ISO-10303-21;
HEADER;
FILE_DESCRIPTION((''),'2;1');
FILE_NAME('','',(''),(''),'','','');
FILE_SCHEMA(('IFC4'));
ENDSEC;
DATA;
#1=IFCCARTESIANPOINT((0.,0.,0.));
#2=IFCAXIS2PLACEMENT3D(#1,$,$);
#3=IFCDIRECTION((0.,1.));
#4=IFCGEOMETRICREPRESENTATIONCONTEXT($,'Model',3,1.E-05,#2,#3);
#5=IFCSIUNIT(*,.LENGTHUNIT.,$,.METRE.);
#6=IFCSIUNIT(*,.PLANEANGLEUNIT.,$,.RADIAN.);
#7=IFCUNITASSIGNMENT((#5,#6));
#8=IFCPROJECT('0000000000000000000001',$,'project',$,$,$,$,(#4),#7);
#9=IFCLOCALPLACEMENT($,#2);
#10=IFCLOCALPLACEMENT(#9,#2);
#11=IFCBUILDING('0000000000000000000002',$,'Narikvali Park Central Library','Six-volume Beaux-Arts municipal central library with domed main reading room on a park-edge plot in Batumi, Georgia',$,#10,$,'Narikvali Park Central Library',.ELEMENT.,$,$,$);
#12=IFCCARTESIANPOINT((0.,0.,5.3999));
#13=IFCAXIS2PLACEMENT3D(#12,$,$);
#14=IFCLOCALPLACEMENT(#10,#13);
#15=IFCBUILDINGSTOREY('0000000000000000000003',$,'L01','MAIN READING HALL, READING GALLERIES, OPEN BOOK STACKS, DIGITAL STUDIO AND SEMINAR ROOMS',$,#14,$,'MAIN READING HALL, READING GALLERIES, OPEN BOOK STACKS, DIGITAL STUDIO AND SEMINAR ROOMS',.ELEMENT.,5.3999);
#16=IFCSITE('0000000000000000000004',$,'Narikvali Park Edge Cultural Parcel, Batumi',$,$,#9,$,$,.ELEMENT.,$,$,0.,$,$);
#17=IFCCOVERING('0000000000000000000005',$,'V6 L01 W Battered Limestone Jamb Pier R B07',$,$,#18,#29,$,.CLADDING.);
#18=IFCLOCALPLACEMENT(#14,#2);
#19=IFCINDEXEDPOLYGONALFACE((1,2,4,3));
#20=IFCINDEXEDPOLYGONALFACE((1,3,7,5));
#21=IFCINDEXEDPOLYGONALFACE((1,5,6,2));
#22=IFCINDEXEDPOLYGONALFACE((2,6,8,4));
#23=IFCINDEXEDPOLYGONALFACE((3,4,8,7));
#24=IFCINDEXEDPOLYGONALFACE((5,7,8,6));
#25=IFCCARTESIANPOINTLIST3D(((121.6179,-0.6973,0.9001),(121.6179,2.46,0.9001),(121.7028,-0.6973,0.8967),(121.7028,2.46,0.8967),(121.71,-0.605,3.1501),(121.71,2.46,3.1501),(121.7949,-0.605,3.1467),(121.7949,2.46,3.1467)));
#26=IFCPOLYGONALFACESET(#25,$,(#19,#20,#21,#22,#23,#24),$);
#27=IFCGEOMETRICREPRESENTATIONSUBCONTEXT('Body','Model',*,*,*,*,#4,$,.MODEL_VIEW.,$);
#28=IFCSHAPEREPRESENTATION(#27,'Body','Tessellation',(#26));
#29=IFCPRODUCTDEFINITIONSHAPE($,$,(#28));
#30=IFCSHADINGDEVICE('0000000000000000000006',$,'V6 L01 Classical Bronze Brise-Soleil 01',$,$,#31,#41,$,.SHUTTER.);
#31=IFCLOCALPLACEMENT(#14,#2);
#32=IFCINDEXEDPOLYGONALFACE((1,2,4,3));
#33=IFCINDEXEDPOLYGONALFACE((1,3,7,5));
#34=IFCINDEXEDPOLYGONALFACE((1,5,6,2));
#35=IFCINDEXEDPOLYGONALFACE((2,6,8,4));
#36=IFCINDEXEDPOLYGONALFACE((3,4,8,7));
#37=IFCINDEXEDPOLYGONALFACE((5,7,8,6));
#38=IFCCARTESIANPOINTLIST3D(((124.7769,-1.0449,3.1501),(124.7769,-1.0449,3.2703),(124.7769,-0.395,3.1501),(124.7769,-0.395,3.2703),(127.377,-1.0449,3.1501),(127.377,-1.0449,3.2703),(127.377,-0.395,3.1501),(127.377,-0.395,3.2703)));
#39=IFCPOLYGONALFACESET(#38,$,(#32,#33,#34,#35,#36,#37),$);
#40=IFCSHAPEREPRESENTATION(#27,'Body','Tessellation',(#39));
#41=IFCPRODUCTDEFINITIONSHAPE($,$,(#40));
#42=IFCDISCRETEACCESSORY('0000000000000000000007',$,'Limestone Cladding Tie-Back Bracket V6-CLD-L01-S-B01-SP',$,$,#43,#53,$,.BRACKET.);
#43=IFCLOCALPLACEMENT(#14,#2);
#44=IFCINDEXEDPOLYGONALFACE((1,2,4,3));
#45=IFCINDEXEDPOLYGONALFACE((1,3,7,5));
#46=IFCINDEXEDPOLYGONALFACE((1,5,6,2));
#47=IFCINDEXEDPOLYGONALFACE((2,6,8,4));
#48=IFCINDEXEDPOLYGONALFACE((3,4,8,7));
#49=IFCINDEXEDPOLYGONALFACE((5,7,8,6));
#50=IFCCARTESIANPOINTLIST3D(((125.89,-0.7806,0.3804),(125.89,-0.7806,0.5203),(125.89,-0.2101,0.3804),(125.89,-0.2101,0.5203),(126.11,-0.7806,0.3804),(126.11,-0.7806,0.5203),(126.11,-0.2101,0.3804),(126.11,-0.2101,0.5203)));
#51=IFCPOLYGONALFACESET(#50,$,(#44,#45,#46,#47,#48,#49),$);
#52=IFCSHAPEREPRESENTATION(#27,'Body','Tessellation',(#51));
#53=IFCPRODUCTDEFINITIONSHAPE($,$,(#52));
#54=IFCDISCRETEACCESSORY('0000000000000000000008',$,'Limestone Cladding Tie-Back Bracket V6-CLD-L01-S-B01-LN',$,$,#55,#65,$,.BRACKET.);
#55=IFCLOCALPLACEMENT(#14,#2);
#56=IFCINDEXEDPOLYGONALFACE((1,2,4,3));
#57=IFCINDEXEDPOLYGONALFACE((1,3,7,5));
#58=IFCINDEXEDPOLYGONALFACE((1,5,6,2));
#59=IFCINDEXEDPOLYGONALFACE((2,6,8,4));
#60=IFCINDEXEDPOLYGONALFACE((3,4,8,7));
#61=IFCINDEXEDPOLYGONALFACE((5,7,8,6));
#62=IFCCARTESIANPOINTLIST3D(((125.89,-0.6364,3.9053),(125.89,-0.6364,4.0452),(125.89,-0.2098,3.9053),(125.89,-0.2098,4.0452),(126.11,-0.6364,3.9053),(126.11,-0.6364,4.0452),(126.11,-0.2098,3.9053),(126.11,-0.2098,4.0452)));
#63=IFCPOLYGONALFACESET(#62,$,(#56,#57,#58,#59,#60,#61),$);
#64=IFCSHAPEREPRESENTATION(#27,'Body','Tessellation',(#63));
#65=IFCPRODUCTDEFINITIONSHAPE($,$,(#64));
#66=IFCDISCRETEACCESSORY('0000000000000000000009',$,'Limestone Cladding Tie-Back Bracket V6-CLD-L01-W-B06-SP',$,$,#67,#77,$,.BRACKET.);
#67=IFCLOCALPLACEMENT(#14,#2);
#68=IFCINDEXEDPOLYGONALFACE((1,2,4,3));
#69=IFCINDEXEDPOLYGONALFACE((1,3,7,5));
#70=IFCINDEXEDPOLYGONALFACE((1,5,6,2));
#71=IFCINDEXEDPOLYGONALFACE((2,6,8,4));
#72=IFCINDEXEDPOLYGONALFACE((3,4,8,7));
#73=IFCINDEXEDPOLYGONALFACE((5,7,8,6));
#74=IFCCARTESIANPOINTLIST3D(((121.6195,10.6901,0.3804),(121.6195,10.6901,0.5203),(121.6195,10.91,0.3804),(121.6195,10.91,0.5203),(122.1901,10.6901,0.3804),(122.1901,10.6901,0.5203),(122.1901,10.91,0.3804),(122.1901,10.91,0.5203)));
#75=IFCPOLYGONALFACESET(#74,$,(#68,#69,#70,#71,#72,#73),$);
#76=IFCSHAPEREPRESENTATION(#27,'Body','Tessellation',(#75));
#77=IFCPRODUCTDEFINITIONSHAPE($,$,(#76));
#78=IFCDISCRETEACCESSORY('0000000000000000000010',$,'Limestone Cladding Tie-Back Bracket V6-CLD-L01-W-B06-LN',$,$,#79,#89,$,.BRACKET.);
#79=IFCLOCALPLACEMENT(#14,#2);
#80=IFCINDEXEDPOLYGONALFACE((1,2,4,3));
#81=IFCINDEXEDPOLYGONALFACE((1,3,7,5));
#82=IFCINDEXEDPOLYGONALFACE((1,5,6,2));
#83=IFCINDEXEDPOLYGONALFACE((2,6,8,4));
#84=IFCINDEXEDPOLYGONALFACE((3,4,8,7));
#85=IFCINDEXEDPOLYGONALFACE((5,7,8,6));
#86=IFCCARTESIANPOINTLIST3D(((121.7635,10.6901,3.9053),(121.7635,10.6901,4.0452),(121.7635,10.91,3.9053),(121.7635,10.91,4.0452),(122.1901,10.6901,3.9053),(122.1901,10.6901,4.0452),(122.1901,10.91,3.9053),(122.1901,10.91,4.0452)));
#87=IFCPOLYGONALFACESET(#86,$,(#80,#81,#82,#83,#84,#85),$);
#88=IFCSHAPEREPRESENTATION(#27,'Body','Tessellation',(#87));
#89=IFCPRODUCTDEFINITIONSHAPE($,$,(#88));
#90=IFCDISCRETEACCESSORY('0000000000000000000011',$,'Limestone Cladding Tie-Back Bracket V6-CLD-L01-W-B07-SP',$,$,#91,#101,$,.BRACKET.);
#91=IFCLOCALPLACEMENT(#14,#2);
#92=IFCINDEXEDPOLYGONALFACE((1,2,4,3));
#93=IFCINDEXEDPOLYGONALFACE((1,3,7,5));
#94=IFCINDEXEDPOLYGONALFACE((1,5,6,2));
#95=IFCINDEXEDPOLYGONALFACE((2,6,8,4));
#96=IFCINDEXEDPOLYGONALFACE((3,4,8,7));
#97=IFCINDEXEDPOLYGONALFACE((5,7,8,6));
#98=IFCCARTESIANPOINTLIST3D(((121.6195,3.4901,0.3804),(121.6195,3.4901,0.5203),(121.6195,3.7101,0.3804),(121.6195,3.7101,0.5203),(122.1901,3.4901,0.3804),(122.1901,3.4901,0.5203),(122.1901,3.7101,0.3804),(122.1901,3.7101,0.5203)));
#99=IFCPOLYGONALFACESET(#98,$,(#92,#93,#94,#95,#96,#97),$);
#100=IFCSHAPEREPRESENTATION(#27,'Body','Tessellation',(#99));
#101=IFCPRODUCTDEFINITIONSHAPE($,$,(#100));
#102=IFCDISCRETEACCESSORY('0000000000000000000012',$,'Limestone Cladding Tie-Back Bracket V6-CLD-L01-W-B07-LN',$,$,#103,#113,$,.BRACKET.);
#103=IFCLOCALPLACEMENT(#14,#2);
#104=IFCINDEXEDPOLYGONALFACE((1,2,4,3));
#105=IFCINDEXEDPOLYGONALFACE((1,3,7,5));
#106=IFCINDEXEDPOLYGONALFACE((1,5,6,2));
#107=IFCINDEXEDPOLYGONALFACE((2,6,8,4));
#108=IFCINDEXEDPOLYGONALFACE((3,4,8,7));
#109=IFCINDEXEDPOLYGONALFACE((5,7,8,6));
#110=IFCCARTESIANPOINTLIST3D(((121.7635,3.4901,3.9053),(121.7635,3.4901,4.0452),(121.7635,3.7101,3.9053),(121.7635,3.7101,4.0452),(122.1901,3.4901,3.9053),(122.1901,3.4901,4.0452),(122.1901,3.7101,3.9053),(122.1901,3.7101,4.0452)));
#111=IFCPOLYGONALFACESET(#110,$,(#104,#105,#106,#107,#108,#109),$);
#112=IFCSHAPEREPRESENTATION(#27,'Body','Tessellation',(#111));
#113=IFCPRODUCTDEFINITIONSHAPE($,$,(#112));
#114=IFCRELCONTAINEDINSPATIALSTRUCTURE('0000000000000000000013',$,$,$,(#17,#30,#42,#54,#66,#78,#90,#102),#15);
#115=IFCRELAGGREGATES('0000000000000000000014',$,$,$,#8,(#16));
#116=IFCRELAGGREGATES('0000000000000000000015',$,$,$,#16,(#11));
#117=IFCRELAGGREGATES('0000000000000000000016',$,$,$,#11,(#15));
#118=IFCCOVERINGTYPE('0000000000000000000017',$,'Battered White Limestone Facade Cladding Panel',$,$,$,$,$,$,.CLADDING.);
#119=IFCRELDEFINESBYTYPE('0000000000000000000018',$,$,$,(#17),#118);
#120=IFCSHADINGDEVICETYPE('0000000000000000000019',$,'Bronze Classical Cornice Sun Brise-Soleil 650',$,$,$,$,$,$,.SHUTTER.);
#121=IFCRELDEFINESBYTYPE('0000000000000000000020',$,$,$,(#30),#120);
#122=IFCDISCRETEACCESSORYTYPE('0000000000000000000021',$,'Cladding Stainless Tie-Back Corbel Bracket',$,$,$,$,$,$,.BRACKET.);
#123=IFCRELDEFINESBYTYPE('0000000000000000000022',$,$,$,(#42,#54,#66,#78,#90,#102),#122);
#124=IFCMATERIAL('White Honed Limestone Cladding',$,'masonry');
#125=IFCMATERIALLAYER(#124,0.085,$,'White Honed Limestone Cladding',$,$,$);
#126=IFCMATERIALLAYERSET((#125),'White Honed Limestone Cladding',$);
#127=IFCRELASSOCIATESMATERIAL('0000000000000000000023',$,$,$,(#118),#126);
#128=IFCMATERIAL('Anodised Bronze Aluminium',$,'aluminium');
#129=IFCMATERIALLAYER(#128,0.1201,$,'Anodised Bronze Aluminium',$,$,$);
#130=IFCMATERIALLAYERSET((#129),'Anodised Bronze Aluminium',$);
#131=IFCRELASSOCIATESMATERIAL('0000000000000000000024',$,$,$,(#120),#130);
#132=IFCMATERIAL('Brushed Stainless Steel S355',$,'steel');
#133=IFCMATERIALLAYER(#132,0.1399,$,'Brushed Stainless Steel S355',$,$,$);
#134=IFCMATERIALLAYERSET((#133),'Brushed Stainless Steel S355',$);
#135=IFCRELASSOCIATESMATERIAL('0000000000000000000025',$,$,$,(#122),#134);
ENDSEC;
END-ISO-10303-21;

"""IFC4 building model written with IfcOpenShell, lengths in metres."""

from ifc_helpers import new_model, si_unit, direction, frame, origin, origin_2d, place, context, subcontext, project, spatial, polyline, rectangle, outline, extrude, material, layer, layer_set, type_object, element, save


model = new_model("IFC4")

# Units and contexts
model_context = context("Model", 3, precision=1e-05, world=origin(), true_north=direction((0.0, 1.0)))
body_context = subcontext(model_context, "Body", "Model", "MODEL_VIEW")
ifc_project = project(units=[si_unit("LENGTHUNIT", "METRE"), si_unit("PLANEANGLEUNIT", "RADIAN")], contexts=[model_context])

# Site, building, storey
site_placement = place(None, origin())
site = spatial("IfcSite", under=ifc_project, at=site_placement, Name="Narikvali Park Edge Cultural Parcel, Batumi", CompositionType="ELEMENT", RefElevation=0.0)
building_placement = place(site_placement, origin())
building = spatial("IfcBuilding", under=site, at=building_placement, Name="Narikvali Park Central Library", Description="Six-volume Beaux-Arts municipal central library with domed main reading room on a park-edge plot in Batumi, Georgia", LongName="Narikvali Park Central Library", CompositionType="ELEMENT")
storey_placement = place(building_placement, frame((0.0, 0.0, 5.3999)))
storey = spatial("IfcBuildingStorey", under=building, at=storey_placement, Name="L01", Description="MAIN READING HALL, READING GALLERIES, OPEN BOOK STACKS, DIGITAL STUDIO AND SEMINAR ROOMS", LongName="MAIN READING HALL, READING GALLERIES, OPEN BOOK STACKS, DIGITAL STUDIO AND SEMINAR ROOMS", CompositionType="ELEMENT", Elevation=5.3999)

# Covering
ifc_material_1 = material(Name="White Honed Limestone Cladding", Category="masonry")
ifc_layer_1 = layer(ifc_material_1, 0.085, Name="White Honed Limestone Cladding")
ifc_layer_set_1 = layer_set([ifc_layer_1], Name="White Honed Limestone Cladding")
covering_type = type_object("IfcCoveringType", Name="Battered White Limestone Facade Cladding Panel", PredefinedType="CLADDING", material=ifc_layer_set_1)
covering_1_placement = place(storey_placement, frame((121.6179, 2.46, 0.9001), z_axis=(-0.999164, 0.0, 0.040873), x_axis=(0.0, -1.0, 0.0)))
element("IfcCovering", 1, at=covering_1_placement, inside=storey, type_object=covering_type, Name="V6 L01 W Battered Limestone Jamb Pier R B07", PredefinedType="CLADDING", context=body_context, shape_type="SweptSolid", body=[
    extrude(outline(polyline([(0.0, 0.0), (3.1572, 0.0), (3.0649, 2.2519), (0.0, 2.2519), (0.0, 0.0)])), origin(), (0.0, 0.0, -1.0), 0.085),
])

# Shading device
ifc_material_2 = material(Name="Anodised Bronze Aluminium", Category="aluminium")
ifc_layer_2 = layer(ifc_material_2, 0.1201, Name="Anodised Bronze Aluminium")
ifc_layer_set_2 = layer_set([ifc_layer_2], Name="Anodised Bronze Aluminium")
shading_device_type = type_object("IfcShadingDeviceType", Name="Bronze Classical Cornice Sun Brise-Soleil 650", PredefinedType="SHUTTER", material=ifc_layer_set_2)
shading_device_placement = place(storey_placement, frame((126.0769, -0.72, 3.1501), z_axis=(0.0, 0.0, 1.0), x_axis=(1.0, 0.0, 0.0)))
element("IfcShadingDevice", 2, at=shading_device_placement, inside=storey, type_object=shading_device_type, Name="V6 L01 Classical Bronze Brise-Soleil 01", PredefinedType="SHUTTER", context=body_context, shape_type="SweptSolid", body=[
    extrude(rectangle(XDim=2.6001, YDim=0.6499, at=origin_2d()), origin(), (0.0, 0.0, 1.0), 0.1201),
])

# Discrete accessories
ifc_material_3 = material(Name="Brushed Stainless Steel S355", Category="steel")
ifc_layer_3 = layer(ifc_material_3, 0.1399, Name="Brushed Stainless Steel S355")
ifc_layer_set_3 = layer_set([ifc_layer_3], Name="Brushed Stainless Steel S355")
discrete_accessory_type = type_object("IfcDiscreteAccessoryType", Name="Cladding Stainless Tie-Back Corbel Bracket", PredefinedType="BRACKET", material=ifc_layer_set_3)
discrete_accessory_1_placement = place(storey_placement, frame((126.0, -0.4954, 0.3804), z_axis=(0.0, 0.0, 1.0), x_axis=(1.0, 0.0, 0.0)))
element("IfcDiscreteAccessory", 3, at=discrete_accessory_1_placement, inside=storey, type_object=discrete_accessory_type, Name="Limestone Cladding Tie-Back Bracket V6-CLD-L01-S-B01-SP", PredefinedType="BRACKET", context=body_context, shape_type="SweptSolid", body=[
    extrude(rectangle(XDim=0.22, YDim=0.5706, at=origin_2d()), origin(), (0.0, 0.0, 1.0), 0.1399),
])
discrete_accessory_2_placement = place(storey_placement, frame((126.0, -0.4231, 3.9053), z_axis=(0.0, 0.0, 1.0), x_axis=(1.0, 0.0, 0.0)))
element("IfcDiscreteAccessory", 4, at=discrete_accessory_2_placement, inside=storey, type_object=discrete_accessory_type, Name="Limestone Cladding Tie-Back Bracket V6-CLD-L01-S-B01-LN", PredefinedType="BRACKET", context=body_context, shape_type="SweptSolid", body=[
    extrude(rectangle(XDim=0.22, YDim=0.4265, at=origin_2d()), origin(), (0.0, 0.0, 1.0), 0.1399),
])
discrete_accessory_3_placement = place(storey_placement, frame((121.9048, 10.8, 0.3804), z_axis=(0.0, 0.0, 1.0), x_axis=(1.0, 0.0, 0.0)))
element("IfcDiscreteAccessory", 5, at=discrete_accessory_3_placement, inside=storey, type_object=discrete_accessory_type, Name="Limestone Cladding Tie-Back Bracket V6-CLD-L01-W-B06-SP", PredefinedType="BRACKET", context=body_context, shape_type="SweptSolid", body=[
    extrude(rectangle(XDim=0.5706, YDim=0.22, at=origin_2d()), origin(), (0.0, 0.0, 1.0), 0.1399),
])
discrete_accessory_4_placement = place(storey_placement, frame((121.9768, 10.8, 3.9053), z_axis=(0.0, 0.0, 1.0), x_axis=(1.0, 0.0, 0.0)))
element("IfcDiscreteAccessory", 6, at=discrete_accessory_4_placement, inside=storey, type_object=discrete_accessory_type, Name="Limestone Cladding Tie-Back Bracket V6-CLD-L01-W-B06-LN", PredefinedType="BRACKET", context=body_context, shape_type="SweptSolid", body=[
    extrude(rectangle(XDim=0.4265, YDim=0.22, at=origin_2d()), origin(), (0.0, 0.0, 1.0), 0.1399),
])
discrete_accessory_5_placement = place(storey_placement, frame((121.9048, 3.6001, 0.3804), z_axis=(0.0, 0.0, 1.0), x_axis=(1.0, 0.0, 0.0)))
element("IfcDiscreteAccessory", 7, at=discrete_accessory_5_placement, inside=storey, type_object=discrete_accessory_type, Name="Limestone Cladding Tie-Back Bracket V6-CLD-L01-W-B07-SP", PredefinedType="BRACKET", context=body_context, shape_type="SweptSolid", body=[
    extrude(rectangle(XDim=0.5706, YDim=0.22, at=origin_2d()), origin(), (0.0, 0.0, 1.0), 0.1399),
])
discrete_accessory_6_placement = place(storey_placement, frame((121.9768, 3.6001, 3.9053), z_axis=(0.0, 0.0, 1.0), x_axis=(1.0, 0.0, 0.0)))
element("IfcDiscreteAccessory", 8, at=discrete_accessory_6_placement, inside=storey, type_object=discrete_accessory_type, Name="Limestone Cladding Tie-Back Bracket V6-CLD-L01-W-B07-LN", PredefinedType="BRACKET", context=body_context, shape_type="SweptSolid", body=[
    extrude(rectangle(XDim=0.4265, YDim=0.22, at=origin_2d()), origin(), (0.0, 0.0, 1.0), 0.1399),
])

save(model, "model.ifc")
